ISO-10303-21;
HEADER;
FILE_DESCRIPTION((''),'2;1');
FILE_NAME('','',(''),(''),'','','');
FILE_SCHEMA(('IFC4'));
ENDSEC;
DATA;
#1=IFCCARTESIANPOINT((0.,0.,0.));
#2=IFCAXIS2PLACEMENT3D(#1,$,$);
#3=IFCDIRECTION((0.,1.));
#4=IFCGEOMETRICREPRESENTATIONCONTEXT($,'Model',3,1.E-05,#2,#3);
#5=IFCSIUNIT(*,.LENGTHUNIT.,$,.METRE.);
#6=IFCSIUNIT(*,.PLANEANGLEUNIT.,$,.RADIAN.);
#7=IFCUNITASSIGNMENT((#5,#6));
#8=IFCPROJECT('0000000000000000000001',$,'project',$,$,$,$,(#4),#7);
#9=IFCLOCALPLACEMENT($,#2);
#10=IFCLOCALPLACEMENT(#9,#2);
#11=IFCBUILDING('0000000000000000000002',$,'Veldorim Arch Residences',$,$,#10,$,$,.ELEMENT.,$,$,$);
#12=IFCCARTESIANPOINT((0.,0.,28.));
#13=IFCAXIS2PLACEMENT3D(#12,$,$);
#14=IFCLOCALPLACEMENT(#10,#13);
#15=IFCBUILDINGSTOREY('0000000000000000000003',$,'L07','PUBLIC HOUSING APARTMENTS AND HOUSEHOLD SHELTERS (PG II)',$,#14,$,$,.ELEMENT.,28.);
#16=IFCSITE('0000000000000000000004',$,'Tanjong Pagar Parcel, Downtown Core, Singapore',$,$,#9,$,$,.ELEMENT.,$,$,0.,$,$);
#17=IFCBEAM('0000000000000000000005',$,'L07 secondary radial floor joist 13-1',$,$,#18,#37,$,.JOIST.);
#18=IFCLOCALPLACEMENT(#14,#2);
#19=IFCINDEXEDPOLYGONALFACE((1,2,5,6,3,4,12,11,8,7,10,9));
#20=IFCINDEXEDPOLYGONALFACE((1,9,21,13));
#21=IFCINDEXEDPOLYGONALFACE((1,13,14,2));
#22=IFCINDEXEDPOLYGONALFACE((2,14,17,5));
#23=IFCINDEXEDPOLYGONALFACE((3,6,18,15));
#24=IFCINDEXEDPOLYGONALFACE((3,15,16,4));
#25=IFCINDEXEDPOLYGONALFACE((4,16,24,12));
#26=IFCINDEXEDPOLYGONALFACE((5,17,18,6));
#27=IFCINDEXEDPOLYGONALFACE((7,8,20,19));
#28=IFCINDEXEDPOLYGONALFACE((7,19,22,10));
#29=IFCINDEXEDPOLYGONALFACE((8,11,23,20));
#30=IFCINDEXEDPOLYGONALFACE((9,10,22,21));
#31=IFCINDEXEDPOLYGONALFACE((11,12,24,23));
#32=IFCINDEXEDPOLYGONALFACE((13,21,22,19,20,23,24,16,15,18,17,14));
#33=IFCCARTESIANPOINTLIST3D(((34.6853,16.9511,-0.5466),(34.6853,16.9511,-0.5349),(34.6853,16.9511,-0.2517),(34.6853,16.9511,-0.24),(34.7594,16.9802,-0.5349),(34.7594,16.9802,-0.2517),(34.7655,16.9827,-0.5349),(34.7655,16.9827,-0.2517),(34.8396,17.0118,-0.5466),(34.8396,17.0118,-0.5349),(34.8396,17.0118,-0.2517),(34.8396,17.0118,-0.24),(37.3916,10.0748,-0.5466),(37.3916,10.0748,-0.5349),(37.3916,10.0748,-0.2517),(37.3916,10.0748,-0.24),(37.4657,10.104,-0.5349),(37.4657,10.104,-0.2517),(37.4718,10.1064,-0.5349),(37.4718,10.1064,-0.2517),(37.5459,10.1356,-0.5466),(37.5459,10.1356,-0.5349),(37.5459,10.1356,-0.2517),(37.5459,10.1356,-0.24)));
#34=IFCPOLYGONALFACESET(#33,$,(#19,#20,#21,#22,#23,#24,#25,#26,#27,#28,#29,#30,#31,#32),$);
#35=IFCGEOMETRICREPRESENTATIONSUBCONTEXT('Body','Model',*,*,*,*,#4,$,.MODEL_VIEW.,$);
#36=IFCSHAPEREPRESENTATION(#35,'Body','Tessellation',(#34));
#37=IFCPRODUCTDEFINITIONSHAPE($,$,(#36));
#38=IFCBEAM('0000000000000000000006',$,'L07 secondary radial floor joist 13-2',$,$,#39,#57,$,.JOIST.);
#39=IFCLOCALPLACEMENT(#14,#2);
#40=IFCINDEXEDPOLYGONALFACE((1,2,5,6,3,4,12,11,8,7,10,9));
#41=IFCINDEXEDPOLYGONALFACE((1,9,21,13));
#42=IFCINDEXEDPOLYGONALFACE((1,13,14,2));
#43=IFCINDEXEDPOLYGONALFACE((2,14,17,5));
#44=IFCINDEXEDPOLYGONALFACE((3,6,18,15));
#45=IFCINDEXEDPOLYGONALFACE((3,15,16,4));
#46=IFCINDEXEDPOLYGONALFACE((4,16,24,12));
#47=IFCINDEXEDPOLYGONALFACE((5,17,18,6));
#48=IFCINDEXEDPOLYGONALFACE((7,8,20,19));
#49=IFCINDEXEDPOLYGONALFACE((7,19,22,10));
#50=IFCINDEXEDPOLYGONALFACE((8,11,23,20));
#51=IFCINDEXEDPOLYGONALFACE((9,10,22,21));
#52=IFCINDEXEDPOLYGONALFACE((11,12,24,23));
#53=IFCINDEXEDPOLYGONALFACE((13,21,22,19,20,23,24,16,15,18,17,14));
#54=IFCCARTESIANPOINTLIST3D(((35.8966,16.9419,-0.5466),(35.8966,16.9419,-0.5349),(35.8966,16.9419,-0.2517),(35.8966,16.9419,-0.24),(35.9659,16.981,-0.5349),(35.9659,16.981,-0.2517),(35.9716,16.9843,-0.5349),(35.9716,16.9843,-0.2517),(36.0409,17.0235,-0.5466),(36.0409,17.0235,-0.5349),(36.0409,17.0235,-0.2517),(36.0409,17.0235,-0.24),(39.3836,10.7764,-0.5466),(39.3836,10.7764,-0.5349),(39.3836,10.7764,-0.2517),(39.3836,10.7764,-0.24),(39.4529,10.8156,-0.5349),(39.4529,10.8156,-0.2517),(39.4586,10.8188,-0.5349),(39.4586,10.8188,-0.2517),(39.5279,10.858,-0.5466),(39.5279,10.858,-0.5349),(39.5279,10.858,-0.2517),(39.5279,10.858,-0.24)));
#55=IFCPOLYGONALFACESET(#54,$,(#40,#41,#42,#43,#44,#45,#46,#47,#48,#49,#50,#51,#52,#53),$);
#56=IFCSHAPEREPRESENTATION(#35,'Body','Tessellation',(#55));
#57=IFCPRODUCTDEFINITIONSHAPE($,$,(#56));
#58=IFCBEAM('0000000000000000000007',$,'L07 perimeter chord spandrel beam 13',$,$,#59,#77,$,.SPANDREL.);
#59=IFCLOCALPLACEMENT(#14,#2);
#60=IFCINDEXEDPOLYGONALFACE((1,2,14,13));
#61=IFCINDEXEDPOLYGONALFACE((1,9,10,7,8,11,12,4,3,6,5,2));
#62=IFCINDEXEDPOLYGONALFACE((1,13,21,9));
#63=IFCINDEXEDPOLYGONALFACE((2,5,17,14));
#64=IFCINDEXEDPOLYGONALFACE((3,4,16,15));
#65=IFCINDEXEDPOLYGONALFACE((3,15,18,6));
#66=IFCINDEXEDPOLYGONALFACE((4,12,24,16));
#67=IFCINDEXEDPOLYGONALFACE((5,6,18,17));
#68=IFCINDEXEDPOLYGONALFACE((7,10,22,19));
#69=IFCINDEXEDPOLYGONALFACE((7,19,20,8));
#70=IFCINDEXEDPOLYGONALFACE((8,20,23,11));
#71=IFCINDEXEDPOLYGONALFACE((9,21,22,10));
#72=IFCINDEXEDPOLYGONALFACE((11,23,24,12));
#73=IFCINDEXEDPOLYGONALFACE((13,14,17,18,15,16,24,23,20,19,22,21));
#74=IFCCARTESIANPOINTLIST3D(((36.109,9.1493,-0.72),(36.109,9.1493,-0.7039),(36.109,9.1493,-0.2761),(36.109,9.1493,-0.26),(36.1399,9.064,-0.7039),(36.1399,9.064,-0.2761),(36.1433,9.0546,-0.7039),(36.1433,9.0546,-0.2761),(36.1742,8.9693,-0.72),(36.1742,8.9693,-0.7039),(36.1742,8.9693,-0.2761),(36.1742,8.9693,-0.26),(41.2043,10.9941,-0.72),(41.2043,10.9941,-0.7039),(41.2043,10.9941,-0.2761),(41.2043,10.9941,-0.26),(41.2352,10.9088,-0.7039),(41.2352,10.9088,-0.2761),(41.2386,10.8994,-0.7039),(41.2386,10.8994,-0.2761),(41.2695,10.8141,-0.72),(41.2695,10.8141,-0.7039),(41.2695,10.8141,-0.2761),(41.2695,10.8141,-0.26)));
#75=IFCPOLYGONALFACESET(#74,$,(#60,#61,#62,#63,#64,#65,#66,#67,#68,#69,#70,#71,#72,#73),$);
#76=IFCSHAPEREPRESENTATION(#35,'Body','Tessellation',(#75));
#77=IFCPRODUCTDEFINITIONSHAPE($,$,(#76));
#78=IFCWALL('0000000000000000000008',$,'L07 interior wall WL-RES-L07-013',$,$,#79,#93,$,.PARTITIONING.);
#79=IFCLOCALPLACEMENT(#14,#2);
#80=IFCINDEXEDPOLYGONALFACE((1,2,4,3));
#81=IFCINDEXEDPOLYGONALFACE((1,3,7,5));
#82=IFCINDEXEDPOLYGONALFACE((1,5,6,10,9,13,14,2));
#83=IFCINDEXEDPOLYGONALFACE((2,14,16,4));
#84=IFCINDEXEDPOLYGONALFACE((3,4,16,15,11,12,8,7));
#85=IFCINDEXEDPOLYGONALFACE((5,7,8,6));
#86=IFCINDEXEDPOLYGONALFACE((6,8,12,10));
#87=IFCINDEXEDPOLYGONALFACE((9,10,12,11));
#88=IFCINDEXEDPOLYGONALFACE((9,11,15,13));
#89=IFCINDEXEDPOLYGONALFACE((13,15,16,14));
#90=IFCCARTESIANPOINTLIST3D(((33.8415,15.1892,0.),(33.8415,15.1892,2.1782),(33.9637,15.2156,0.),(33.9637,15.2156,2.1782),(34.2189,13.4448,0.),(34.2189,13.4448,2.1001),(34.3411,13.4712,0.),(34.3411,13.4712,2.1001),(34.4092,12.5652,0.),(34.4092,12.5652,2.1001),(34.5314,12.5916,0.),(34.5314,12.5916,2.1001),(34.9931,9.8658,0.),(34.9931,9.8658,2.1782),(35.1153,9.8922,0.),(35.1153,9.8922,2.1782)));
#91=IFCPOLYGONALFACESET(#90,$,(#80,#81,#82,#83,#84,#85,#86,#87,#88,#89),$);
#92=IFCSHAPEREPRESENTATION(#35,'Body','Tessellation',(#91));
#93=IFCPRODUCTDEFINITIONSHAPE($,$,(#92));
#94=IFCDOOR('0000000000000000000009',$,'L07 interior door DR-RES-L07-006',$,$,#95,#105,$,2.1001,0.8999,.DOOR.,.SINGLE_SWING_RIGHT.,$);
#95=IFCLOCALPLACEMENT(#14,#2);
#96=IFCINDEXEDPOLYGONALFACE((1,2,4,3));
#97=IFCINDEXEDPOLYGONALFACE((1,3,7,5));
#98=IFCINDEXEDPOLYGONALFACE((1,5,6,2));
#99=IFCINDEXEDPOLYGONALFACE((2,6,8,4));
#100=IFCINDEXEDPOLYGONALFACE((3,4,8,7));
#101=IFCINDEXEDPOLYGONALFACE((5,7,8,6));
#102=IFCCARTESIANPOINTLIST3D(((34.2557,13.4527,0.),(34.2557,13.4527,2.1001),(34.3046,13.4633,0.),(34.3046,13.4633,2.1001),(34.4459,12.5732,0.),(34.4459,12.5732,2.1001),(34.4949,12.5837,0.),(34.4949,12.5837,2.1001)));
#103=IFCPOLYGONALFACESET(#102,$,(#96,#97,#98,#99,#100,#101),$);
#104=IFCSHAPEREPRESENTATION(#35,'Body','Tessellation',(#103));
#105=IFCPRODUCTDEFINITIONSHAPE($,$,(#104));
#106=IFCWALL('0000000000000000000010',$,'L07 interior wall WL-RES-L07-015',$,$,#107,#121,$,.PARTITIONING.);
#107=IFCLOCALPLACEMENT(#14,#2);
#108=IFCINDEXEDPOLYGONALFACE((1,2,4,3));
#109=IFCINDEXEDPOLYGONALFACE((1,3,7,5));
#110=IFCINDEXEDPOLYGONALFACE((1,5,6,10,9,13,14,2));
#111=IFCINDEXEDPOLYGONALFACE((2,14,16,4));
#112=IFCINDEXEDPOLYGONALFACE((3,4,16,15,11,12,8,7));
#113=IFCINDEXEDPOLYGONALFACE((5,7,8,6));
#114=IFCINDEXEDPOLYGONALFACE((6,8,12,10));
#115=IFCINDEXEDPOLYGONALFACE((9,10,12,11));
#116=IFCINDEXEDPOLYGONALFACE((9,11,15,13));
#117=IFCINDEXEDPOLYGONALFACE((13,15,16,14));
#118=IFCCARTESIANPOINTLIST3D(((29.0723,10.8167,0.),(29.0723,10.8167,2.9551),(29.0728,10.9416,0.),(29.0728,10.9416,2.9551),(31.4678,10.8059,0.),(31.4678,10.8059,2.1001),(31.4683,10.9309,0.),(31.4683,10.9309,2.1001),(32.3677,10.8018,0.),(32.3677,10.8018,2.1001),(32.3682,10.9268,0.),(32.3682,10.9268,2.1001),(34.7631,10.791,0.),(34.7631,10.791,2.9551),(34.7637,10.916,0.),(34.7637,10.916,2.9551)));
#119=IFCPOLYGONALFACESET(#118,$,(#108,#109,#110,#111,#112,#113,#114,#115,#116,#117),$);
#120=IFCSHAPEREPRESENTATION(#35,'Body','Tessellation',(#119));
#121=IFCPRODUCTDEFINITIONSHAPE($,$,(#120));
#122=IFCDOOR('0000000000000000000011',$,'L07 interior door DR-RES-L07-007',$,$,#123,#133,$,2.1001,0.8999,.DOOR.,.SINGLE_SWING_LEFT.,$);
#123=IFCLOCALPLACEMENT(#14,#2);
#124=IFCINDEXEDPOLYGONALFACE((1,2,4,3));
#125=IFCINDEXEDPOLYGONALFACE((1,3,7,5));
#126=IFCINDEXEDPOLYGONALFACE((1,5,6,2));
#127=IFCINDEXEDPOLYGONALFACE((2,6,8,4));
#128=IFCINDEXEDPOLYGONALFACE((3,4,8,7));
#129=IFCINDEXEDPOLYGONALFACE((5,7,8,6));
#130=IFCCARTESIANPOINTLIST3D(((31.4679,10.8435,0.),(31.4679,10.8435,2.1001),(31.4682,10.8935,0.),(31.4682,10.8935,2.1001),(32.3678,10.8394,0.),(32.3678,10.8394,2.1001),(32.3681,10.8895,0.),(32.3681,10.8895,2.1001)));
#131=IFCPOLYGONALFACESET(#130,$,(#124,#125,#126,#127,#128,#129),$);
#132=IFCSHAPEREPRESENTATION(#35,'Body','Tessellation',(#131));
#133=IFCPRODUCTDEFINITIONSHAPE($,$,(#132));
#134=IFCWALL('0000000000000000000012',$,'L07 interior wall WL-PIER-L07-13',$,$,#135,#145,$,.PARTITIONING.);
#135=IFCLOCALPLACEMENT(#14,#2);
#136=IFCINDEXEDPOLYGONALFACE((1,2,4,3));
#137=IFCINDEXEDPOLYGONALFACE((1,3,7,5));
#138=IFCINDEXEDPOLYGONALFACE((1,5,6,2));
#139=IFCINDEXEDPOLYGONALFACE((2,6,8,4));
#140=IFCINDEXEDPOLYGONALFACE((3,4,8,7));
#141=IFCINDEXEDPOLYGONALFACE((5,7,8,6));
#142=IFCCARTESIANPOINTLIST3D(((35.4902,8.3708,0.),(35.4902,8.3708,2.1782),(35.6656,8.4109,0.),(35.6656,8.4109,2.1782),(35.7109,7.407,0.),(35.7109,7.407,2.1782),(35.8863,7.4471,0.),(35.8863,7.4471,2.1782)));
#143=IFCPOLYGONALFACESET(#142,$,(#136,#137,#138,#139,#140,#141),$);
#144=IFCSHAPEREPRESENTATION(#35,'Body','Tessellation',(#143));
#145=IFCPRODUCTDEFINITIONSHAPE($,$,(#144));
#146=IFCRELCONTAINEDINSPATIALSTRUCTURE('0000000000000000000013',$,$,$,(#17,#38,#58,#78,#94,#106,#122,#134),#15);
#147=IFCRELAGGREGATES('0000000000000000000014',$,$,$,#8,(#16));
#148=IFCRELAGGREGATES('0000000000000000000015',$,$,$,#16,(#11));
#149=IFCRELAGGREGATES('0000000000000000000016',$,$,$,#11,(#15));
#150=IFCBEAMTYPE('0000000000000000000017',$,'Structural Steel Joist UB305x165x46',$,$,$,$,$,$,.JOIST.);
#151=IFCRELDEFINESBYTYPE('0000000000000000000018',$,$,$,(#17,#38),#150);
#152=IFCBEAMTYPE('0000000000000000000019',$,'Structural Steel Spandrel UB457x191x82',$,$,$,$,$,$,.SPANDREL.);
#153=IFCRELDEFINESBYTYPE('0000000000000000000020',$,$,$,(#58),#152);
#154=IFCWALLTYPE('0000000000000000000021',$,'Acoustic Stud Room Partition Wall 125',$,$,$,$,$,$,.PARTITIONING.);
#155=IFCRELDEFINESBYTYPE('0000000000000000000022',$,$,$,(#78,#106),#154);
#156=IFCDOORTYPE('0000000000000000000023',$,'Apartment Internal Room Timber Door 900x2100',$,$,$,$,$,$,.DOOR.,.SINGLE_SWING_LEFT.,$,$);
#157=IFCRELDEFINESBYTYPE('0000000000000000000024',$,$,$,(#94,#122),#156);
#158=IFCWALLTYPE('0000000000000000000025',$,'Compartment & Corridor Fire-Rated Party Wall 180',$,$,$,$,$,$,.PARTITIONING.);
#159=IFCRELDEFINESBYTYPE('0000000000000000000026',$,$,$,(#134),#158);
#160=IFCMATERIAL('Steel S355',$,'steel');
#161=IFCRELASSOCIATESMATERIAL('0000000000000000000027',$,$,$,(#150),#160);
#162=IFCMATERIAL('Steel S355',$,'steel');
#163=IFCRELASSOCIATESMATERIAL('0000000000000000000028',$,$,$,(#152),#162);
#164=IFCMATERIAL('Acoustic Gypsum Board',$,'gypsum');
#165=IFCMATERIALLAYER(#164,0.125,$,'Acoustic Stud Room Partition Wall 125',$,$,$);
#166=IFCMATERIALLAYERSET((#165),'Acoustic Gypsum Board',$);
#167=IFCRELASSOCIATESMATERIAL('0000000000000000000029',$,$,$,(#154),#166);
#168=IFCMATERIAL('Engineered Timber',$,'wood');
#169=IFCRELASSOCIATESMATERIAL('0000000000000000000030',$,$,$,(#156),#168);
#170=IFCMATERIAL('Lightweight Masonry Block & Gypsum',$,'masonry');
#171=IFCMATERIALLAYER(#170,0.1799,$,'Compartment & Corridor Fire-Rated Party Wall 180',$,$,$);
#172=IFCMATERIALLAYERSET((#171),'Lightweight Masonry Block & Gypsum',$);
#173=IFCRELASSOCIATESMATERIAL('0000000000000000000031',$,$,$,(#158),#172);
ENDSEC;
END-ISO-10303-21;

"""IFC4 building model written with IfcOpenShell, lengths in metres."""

from ifc_helpers import new_model, si_unit, direction, frame, frame_2d, origin, origin_2d, place, context, subcontext, project, spatial, rectangle, i_section, extrude, material, layer, layer_set, material_profile, profile_set, type_object, element, fill, save


model = new_model("IFC4")

# Units and contexts
model_context = context("Model", 3, precision=1e-05, world=origin(), true_north=direction((0.0, 1.0)))
body_context = subcontext(model_context, "Body", "Model", "MODEL_VIEW")
ifc_project = project(units=[si_unit("LENGTHUNIT", "METRE"), si_unit("PLANEANGLEUNIT", "RADIAN")], contexts=[model_context])

# Site, building, storey
site_placement = place(None, origin())
site = spatial("IfcSite", under=ifc_project, at=site_placement, Name="Tanjong Pagar Parcel, Downtown Core, Singapore", CompositionType="ELEMENT", RefElevation=0.0)
building_placement = place(site_placement, origin())
building = spatial("IfcBuilding", under=site, at=building_placement, Name="Veldorim Arch Residences", CompositionType="ELEMENT")
storey_placement = place(building_placement, frame((0.0, 0.0, 28.0)))
storey = spatial("IfcBuildingStorey", under=building, at=storey_placement, Name="L07", Description="PUBLIC HOUSING APARTMENTS AND HOUSEHOLD SHELTERS (PG II)", CompositionType="ELEMENT", Elevation=28.0)

# Beams
ifc_material_1 = material(Name="Steel S355", Category="steel")
ifc_material_profile_1 = material_profile(ifc_material_1, i_section(OverallWidth=0.1658, OverallDepth=0.3066, WebThickness=0.0066, FlangeThickness=0.0117, at=origin_2d()), Name="UB305x165x46")
ifc_profile_set_1 = profile_set([ifc_material_profile_1], Name="Steel S355")
beam_type_1 = type_object("IfcBeamType", Name="Structural Steel Joist UB305x165x46", PredefinedType="JOIST", material=ifc_profile_set_1)
beam_1_placement = place(storey_placement, frame((34.7625, 16.9814, -0.3933), z_axis=(0.36623, -0.930524, 0.0), x_axis=(0.930524, 0.36623, 0.0)))
element("IfcBeam", 1, at=beam_1_placement, inside=storey, type_object=beam_type_1, Name="L07 secondary radial floor joist 13-1", PredefinedType="JOIST", context=body_context, shape_type="SweptSolid", body=[
    extrude(i_section(OverallWidth=0.1658, OverallDepth=0.3066, WebThickness=0.0066, FlangeThickness=0.0117, at=origin_2d()), origin(), (0.0, 0.0, 1.0), 7.3896),
])
beam_2_placement = place(storey_placement, frame((35.9688, 16.9827, -0.3933), z_axis=(0.492292, -0.87043, 0.0), x_axis=(0.87043, 0.492292, 0.0)))
element("IfcBeam", 2, at=beam_2_placement, inside=storey, type_object=beam_type_1, Name="L07 secondary radial floor joist 13-2", PredefinedType="JOIST", context=body_context, shape_type="SweptSolid", body=[
    extrude(i_section(OverallWidth=0.1658, OverallDepth=0.3066, WebThickness=0.0066, FlangeThickness=0.0117, at=origin_2d()), origin(), (0.0, 0.0, 1.0), 7.0833),
])
ifc_material_2 = material(Name="Steel S355", Category="steel")
ifc_material_profile_2 = material_profile(ifc_material_2, i_section(OverallWidth=0.1914, OverallDepth=0.46, WebThickness=0.01, FlangeThickness=0.0161, at=origin_2d()), Name="UB457x191x82")
ifc_profile_set_2 = profile_set([ifc_material_profile_2], Name="Steel S355")
beam_type_2 = type_object("IfcBeamType", Name="Structural Steel Spandrel UB457x191x82", PredefinedType="SPANDREL", material=ifc_profile_set_2)
beam_3_placement = place(storey_placement, frame((36.1416, 9.0593, -0.49), z_axis=(0.940271, 0.340426, 0.0), x_axis=(-0.340426, 0.940271, 0.0)))
element("IfcBeam", 3, at=beam_3_placement, inside=storey, type_object=beam_type_2, Name="L07 perimeter chord spandrel beam 13", PredefinedType="SPANDREL", context=body_context, shape_type="SweptSolid", body=[
    extrude(i_section(OverallWidth=0.1914, OverallDepth=0.46, WebThickness=0.01, FlangeThickness=0.0161, at=origin_2d()), origin(), (0.0, 0.0, 1.0), 5.4189),
])

# Walls, openings, doors
ifc_material_3 = material(Name="Acoustic Gypsum Board", Category="gypsum")
ifc_layer_1 = layer(ifc_material_3, 0.125, Name="Acoustic Stud Room Partition Wall 125")
ifc_layer_set_1 = layer_set([ifc_layer_1], Name="Acoustic Gypsum Board")
wall_type_1 = type_object("IfcWallType", Name="Acoustic Stud Room Partition Wall 125", PredefinedType="PARTITIONING", material=ifc_layer_set_1)
wall_1_placement = place(storey_placement, frame((35.0542, 9.8792, 0.0), z_axis=(0.0, 0.0, 1.0), x_axis=(-0.211436, 0.977392, 0.0)))
wall_1 = element("IfcWall", 4, at=wall_1_placement, inside=storey, type_object=wall_type_1, Name="L07 interior wall WL-RES-L07-013", PredefinedType="PARTITIONING", context=body_context, shape_type="SweptSolid", body=[
    extrude(rectangle(XDim=5.4465, YDim=0.125, at=frame_2d((2.7231, 0.0))), origin(), (0.0, 0.0, 1.0), 2.1782),
])
opening_1_placement = place(wall_1_placement, frame((2.7617, 0.0, 0.0)))
opening_1 = element("IfcOpeningElement", 5, at=opening_1_placement, cuts=wall_1, PredefinedType="OPENING", context=body_context, shape_type="SweptSolid", body=[
    extrude(rectangle(XDim=0.8999, YDim=2.1001, at=frame_2d((0.45, 1.05))), frame((0.0, 0.0725, 0.0), z_axis=(0.0, -1.0, 0.0), x_axis=(1.0, 0.0, 0.0)), (0.0, 0.0, 1.0), 0.145),
])
ifc_material_4 = material(Name="Engineered Timber", Category="wood")
door_type_1 = type_object("IfcDoorType", Name="Apartment Internal Room Timber Door 900x2100", OperationType="SINGLE_SWING_LEFT", PredefinedType="DOOR", material=ifc_material_4)
door_1_placement = place(opening_1_placement, origin())
door_1 = element("IfcDoor", 6, at=door_1_placement, inside=storey, type_object=door_type_1, Name="L07 interior door DR-RES-L07-006", OperationType="SINGLE_SWING_RIGHT", OverallHeight=2.1001, OverallWidth=0.8999, PredefinedType="DOOR", context=body_context, shape_type="SweptSolid", body=[
    extrude(rectangle(XDim=0.8999, YDim=2.1001, at=frame_2d((0.45, 1.05))), frame((0.0, 0.0249, 0.0), z_axis=(0.0, -1.0, 0.0), x_axis=(1.0, 0.0, 0.0)), (0.0, 0.0, 1.0), 0.05),
])
fill(opening_1, door_1)
wall_2_placement = place(storey_placement, frame((34.7634, 10.8535, 0.0), z_axis=(0.0, 0.0, 1.0), x_axis=(-0.99999, 0.004504, 0.0)))
wall_2 = element("IfcWall", 7, at=wall_2_placement, inside=storey, type_object=wall_type_1, Name="L07 interior wall WL-RES-L07-015", PredefinedType="PARTITIONING", context=body_context, shape_type="SweptSolid", body=[
    extrude(rectangle(XDim=5.6909, YDim=0.125, at=frame_2d((2.8455, 0.0))), origin(), (0.0, 0.0, 1.0), 2.9551),
])
opening_2_placement = place(wall_2_placement, frame((2.3955, 0.0, 0.0)))
opening_2 = element("IfcOpeningElement", 8, at=opening_2_placement, cuts=wall_2, PredefinedType="OPENING", context=body_context, shape_type="SweptSolid", body=[
    extrude(rectangle(XDim=0.8999, YDim=2.1001, at=frame_2d((0.45, 1.05))), frame((0.0, 0.0725, 0.0), z_axis=(0.0, -1.0, 0.0), x_axis=(1.0, 0.0, 0.0)), (0.0, 0.0, 1.0), 0.145),
])
door_2_placement = place(opening_2_placement, origin())
door_2 = element("IfcDoor", 9, at=door_2_placement, inside=storey, type_object=door_type_1, Name="L07 interior door DR-RES-L07-007", OperationType="SINGLE_SWING_LEFT", OverallHeight=2.1001, OverallWidth=0.8999, PredefinedType="DOOR", context=body_context, shape_type="SweptSolid", body=[
    extrude(rectangle(XDim=0.8999, YDim=2.1001, at=frame_2d((0.45, 1.05))), frame((0.0, 0.0249, 0.0), z_axis=(0.0, -1.0, 0.0), x_axis=(1.0, 0.0, 0.0)), (0.0, 0.0, 1.0), 0.05),
])
fill(opening_2, door_2)

# Wall
ifc_material_5 = material(Name="Lightweight Masonry Block & Gypsum", Category="masonry")
ifc_layer_2 = layer(ifc_material_5, 0.1799, Name="Compartment & Corridor Fire-Rated Party Wall 180")
ifc_layer_set_2 = layer_set([ifc_layer_2], Name="Lightweight Masonry Block & Gypsum")
wall_type_2 = type_object("IfcWallType", Name="Compartment & Corridor Fire-Rated Party Wall 180", PredefinedType="PARTITIONING", material=ifc_layer_set_2)
wall_3_placement = place(storey_placement, frame((35.5779, 8.3909, 0.0), z_axis=(0.0, 0.0, 1.0), x_axis=(0.2232, -0.974773, 0.0)))
element("IfcWall", 10, at=wall_3_placement, inside=storey, type_object=wall_type_2, Name="L07 interior wall WL-PIER-L07-13", PredefinedType="PARTITIONING", context=body_context, shape_type="SweptSolid", body=[
    extrude(rectangle(XDim=0.9888, YDim=0.1799, at=frame_2d((0.4944, 0.0))), origin(), (0.0, 0.0, 1.0), 2.1782),
])

save(model, "model.ifc")
